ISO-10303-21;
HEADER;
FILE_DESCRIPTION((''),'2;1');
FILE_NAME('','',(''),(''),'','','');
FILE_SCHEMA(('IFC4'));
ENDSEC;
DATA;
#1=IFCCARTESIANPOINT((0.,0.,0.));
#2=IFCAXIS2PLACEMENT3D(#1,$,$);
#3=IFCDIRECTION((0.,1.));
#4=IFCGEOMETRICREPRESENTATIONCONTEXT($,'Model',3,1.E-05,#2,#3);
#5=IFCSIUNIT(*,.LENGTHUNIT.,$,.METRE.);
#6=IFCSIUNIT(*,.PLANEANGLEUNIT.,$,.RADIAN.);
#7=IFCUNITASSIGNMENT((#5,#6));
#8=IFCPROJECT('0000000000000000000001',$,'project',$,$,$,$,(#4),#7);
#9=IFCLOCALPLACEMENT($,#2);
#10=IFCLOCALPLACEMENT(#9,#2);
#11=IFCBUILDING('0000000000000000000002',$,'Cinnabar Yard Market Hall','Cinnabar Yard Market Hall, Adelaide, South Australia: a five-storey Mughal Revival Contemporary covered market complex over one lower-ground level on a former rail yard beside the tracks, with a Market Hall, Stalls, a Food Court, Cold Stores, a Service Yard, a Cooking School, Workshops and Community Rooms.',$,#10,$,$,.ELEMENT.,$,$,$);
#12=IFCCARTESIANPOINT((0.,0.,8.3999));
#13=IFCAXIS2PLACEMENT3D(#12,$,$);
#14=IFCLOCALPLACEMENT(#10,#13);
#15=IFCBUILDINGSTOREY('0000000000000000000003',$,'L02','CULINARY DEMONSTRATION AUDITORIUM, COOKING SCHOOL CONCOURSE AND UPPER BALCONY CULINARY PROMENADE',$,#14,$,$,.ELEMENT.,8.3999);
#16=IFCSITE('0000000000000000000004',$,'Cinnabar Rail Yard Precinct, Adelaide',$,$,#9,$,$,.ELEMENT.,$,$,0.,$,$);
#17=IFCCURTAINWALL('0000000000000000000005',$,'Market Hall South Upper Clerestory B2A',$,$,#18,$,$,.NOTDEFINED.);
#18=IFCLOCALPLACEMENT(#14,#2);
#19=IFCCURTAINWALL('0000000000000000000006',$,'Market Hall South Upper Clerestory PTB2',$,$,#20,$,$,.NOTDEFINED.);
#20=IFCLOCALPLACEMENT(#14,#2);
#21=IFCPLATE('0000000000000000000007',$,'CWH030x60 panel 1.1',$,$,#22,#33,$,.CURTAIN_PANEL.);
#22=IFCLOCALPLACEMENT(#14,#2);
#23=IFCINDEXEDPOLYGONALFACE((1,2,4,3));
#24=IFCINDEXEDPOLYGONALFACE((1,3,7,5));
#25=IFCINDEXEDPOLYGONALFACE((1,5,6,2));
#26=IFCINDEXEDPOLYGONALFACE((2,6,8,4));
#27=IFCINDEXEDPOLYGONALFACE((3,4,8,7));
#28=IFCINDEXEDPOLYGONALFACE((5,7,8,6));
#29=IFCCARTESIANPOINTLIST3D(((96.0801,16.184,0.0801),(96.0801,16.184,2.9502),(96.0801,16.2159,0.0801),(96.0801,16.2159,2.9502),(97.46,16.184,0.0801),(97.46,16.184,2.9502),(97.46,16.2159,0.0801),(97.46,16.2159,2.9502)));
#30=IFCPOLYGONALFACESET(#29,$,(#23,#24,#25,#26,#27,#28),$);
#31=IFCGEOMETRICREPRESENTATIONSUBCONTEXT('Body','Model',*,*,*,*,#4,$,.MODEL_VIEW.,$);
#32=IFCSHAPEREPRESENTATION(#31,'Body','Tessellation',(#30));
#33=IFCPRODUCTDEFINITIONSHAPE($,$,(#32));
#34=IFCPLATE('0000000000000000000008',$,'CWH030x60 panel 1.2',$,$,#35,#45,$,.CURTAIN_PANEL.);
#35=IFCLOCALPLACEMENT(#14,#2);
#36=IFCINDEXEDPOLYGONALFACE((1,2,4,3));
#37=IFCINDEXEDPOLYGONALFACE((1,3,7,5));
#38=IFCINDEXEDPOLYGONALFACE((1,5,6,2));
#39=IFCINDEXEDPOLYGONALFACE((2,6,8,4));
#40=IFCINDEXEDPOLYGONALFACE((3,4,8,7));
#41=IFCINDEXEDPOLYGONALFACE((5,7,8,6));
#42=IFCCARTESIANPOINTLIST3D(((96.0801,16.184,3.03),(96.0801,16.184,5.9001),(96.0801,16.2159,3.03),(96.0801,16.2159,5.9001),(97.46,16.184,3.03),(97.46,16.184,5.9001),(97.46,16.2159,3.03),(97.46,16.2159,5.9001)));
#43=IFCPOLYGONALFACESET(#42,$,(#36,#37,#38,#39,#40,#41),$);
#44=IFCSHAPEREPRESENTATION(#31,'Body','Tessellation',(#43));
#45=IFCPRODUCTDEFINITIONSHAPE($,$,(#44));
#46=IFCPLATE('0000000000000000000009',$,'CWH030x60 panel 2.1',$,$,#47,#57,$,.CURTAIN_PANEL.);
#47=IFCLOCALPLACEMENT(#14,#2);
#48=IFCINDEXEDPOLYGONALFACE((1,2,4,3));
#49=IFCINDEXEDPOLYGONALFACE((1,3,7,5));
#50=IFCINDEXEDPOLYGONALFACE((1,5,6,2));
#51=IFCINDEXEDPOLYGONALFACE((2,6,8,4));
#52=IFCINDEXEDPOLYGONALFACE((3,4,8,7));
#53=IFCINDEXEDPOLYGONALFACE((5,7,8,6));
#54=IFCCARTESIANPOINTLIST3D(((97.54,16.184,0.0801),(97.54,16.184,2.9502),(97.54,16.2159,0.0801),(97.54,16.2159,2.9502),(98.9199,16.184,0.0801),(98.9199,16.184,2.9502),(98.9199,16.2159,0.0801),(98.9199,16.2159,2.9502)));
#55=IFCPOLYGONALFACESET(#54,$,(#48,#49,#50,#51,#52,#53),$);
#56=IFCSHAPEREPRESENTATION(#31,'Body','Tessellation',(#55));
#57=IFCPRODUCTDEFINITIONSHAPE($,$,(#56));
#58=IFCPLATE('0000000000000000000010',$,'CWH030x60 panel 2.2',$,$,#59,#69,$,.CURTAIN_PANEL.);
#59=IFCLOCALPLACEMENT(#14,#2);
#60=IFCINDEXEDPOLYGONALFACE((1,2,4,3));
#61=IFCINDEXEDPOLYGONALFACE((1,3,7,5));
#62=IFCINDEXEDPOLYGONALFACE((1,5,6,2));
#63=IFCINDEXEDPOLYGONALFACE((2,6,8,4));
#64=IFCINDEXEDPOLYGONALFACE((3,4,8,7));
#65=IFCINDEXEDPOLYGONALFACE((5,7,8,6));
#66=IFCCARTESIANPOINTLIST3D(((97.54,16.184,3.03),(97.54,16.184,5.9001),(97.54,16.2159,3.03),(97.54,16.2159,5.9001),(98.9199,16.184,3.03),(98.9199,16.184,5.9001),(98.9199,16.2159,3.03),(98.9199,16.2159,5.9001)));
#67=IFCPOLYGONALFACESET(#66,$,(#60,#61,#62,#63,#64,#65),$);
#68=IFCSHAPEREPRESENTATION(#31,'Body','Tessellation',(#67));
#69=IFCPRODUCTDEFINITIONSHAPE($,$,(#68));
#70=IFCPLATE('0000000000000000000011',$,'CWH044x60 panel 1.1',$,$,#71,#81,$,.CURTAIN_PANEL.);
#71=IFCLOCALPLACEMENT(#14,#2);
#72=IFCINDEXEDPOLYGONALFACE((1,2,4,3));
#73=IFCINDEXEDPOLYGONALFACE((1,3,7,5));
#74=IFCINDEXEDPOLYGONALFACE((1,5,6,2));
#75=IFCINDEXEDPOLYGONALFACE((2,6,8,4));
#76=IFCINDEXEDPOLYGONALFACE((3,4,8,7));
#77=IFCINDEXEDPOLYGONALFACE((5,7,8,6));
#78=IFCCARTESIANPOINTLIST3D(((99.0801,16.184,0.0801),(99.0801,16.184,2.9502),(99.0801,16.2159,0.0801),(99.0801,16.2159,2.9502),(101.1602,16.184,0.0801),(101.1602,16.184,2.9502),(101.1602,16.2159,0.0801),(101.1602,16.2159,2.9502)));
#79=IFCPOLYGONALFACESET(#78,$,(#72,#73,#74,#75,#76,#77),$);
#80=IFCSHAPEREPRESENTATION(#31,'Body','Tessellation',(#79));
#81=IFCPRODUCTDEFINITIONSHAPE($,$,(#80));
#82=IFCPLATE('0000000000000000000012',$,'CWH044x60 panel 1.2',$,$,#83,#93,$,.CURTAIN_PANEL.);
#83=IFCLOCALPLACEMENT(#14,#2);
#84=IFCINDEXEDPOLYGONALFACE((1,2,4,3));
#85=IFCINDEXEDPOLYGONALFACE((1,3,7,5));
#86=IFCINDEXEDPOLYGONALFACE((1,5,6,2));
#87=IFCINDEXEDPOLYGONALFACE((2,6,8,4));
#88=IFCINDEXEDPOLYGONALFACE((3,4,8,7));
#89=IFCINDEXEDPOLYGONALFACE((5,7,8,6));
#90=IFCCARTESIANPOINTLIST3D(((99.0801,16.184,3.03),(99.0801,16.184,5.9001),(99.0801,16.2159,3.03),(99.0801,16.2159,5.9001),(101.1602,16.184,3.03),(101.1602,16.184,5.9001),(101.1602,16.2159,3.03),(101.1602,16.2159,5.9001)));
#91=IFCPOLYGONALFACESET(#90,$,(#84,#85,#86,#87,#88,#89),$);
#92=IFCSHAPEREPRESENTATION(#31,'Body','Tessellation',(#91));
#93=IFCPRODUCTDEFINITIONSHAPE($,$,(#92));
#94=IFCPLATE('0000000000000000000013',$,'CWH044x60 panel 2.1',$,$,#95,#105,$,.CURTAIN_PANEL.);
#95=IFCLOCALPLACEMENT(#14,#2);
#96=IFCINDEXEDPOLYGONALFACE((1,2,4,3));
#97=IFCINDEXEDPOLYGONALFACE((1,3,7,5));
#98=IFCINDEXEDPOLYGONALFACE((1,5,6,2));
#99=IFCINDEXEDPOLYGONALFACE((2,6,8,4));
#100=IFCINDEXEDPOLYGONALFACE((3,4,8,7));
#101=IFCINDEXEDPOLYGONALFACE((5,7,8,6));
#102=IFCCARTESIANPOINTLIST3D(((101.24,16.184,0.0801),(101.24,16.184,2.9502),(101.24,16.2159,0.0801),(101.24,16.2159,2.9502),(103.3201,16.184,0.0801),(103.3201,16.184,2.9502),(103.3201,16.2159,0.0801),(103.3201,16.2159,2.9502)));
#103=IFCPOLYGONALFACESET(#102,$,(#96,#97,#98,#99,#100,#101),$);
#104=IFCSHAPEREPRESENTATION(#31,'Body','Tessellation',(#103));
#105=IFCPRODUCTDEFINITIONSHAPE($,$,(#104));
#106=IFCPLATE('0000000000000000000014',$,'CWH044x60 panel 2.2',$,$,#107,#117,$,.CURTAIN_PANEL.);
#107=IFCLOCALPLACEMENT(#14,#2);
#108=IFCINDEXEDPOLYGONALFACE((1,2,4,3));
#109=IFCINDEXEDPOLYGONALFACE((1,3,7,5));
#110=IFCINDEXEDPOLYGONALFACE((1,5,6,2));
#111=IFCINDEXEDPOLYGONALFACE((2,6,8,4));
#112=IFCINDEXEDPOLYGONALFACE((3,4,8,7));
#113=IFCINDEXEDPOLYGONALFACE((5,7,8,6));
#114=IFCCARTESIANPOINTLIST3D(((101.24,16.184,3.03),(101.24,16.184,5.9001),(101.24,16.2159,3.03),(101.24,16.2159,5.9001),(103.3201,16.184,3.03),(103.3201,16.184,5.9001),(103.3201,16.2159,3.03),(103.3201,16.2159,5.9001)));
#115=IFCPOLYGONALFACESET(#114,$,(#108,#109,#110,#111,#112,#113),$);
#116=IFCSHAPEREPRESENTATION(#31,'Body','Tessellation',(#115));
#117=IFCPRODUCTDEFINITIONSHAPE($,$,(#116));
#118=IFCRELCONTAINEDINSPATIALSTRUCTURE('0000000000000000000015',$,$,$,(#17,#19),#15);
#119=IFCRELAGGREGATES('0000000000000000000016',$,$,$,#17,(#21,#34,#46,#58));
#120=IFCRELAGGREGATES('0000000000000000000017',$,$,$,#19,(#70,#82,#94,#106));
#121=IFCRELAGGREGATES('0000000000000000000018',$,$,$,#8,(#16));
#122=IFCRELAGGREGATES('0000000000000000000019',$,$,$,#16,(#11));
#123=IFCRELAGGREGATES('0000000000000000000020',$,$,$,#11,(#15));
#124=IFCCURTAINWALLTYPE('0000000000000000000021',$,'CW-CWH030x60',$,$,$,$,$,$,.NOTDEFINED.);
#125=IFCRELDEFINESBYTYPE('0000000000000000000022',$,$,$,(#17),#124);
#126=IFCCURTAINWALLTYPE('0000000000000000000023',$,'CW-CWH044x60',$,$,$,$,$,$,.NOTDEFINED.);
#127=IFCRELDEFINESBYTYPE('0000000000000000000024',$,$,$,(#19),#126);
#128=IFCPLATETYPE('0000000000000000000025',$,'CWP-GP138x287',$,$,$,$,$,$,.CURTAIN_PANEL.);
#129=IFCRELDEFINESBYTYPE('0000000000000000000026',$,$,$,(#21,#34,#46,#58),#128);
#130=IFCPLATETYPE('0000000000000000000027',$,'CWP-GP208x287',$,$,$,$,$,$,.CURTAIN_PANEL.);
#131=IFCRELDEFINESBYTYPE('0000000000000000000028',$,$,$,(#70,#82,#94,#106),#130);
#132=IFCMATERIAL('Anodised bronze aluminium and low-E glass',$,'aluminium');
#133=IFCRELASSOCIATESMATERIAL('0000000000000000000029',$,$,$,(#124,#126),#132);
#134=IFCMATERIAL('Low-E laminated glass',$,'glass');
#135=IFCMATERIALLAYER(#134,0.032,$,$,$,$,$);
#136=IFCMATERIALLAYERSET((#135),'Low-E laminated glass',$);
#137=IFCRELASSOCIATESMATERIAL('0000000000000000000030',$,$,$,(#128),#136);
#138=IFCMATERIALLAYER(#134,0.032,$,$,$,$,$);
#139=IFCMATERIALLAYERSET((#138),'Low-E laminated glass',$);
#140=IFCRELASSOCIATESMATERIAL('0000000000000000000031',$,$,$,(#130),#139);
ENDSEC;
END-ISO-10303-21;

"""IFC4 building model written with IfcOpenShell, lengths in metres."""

from ifc_helpers import new_model, si_unit, direction, frame, origin, origin_2d_with_axis, place, context, subcontext, project, spatial, rectangle, extrude, material, layer, layer_set, type_object, element, aggregate, save


model = new_model("IFC4")

# Units and contexts
model_context = context("Model", 3, precision=1e-05, world=origin(), true_north=direction((0.0, 1.0)))
body_context = subcontext(model_context, "Body", "Model", "MODEL_VIEW")
ifc_project = project(units=[si_unit("LENGTHUNIT", "METRE"), si_unit("PLANEANGLEUNIT", "RADIAN")], contexts=[model_context])

# Site, building, storey
site_placement = place(None, origin())
site = spatial("IfcSite", under=ifc_project, at=site_placement, Name="Cinnabar Rail Yard Precinct, Adelaide", CompositionType="ELEMENT", RefElevation=0.0)
building_placement = place(site_placement, origin())
building = spatial("IfcBuilding", under=site, at=building_placement, Name="Cinnabar Yard Market Hall", Description="Cinnabar Yard Market Hall, Adelaide, South Australia: a five-storey Mughal Revival Contemporary covered market complex over one lower-ground level on a former rail yard beside the tracks, with a Market Hall, Stalls, a Food Court, Cold Stores, a Service Yard, a Cooking School, Workshops and Community Rooms.", CompositionType="ELEMENT")
storey_placement = place(building_placement, frame((0.0, 0.0, 8.3999)))
storey = spatial("IfcBuildingStorey", under=building, at=storey_placement, Name="L02", Description="CULINARY DEMONSTRATION AUDITORIUM, COOKING SCHOOL CONCOURSE AND UPPER BALCONY CULINARY PROMENADE", CompositionType="ELEMENT", Elevation=8.3999)

# Curtain walls
ifc_material_1 = material(Name="Anodised bronze aluminium and low-E glass", Category="aluminium")
curtain_wall_type_1 = type_object("IfcCurtainWallType", Name="CW-CWH030x60", PredefinedType="NOTDEFINED", material=ifc_material_1)
curtain_wall_1_placement = place(storey_placement, origin())
curtain_wall_1 = element("IfcCurtainWall", 1, at=curtain_wall_1_placement, inside=storey, type_object=curtain_wall_type_1, Name="Market Hall South Upper Clerestory B2A", PredefinedType="NOTDEFINED")
curtain_wall_type_2 = type_object("IfcCurtainWallType", Name="CW-CWH044x60", PredefinedType="NOTDEFINED", material=ifc_material_1)
curtain_wall_2_placement = place(storey_placement, origin())
curtain_wall_2 = element("IfcCurtainWall", 2, at=curtain_wall_2_placement, inside=storey, type_object=curtain_wall_type_2, Name="Market Hall South Upper Clerestory PTB2", PredefinedType="NOTDEFINED")

# Plates
ifc_material_2 = material(Name="Low-E laminated glass", Category="glass")
ifc_layer_1 = layer(ifc_material_2, 0.032)
ifc_layer_set_1 = layer_set([ifc_layer_1], Name="Low-E laminated glass")
plate_type_1 = type_object("IfcPlateType", Name="CWP-GP138x287", PredefinedType="CURTAIN_PANEL", material=ifc_layer_set_1)
plate_1_placement = place(storey_placement, frame((96.77, 16.2, 0.0801), z_axis=(0.0, 0.0, 1.0), x_axis=(1.0, 0.0, 0.0)))
plate_1 = element("IfcPlate", 3, at=plate_1_placement, type_object=plate_type_1, Name="CWH030x60 panel 1.1", PredefinedType="CURTAIN_PANEL", context=body_context, shape_type="SweptSolid", body=[
    extrude(rectangle(XDim=1.3799, YDim=0.032, at=origin_2d_with_axis()), origin(), (0.0, 0.0, 1.0), 2.8701),
])
plate_2_placement = place(storey_placement, frame((96.77, 16.2, 3.03), z_axis=(0.0, 0.0, 1.0), x_axis=(1.0, 0.0, 0.0)))
plate_2 = element("IfcPlate", 4, at=plate_2_placement, type_object=plate_type_1, Name="CWH030x60 panel 1.2", PredefinedType="CURTAIN_PANEL", context=body_context, shape_type="SweptSolid", body=[
    extrude(rectangle(XDim=1.3799, YDim=0.032, at=origin_2d_with_axis()), origin(), (0.0, 0.0, 1.0), 2.8701),
])
plate_3_placement = place(storey_placement, frame((98.23, 16.2, 0.0801), z_axis=(0.0, 0.0, 1.0), x_axis=(1.0, 0.0, 0.0)))
plate_3 = element("IfcPlate", 5, at=plate_3_placement, type_object=plate_type_1, Name="CWH030x60 panel 2.1", PredefinedType="CURTAIN_PANEL", context=body_context, shape_type="SweptSolid", body=[
    extrude(rectangle(XDim=1.3799, YDim=0.032, at=origin_2d_with_axis()), origin(), (0.0, 0.0, 1.0), 2.8701),
])
plate_4_placement = place(storey_placement, frame((98.23, 16.2, 3.03), z_axis=(0.0, 0.0, 1.0), x_axis=(1.0, 0.0, 0.0)))
plate_4 = element("IfcPlate", 6, at=plate_4_placement, type_object=plate_type_1, Name="CWH030x60 panel 2.2", PredefinedType="CURTAIN_PANEL", context=body_context, shape_type="SweptSolid", body=[
    extrude(rectangle(XDim=1.3799, YDim=0.032, at=origin_2d_with_axis()), origin(), (0.0, 0.0, 1.0), 2.8701),
])
aggregate(curtain_wall_1, [plate_1, plate_2, plate_3, plate_4])
ifc_layer_2 = layer(ifc_material_2, 0.032)
ifc_layer_set_2 = layer_set([ifc_layer_2], Name="Low-E laminated glass")
plate_type_2 = type_object("IfcPlateType", Name="CWP-GP208x287", PredefinedType="CURTAIN_PANEL", material=ifc_layer_set_2)
plate_5_placement = place(storey_placement, frame((100.1201, 16.2, 0.0801), z_axis=(0.0, 0.0, 1.0), x_axis=(1.0, 0.0, 0.0)))
plate_5 = element("IfcPlate", 7, at=plate_5_placement, type_object=plate_type_2, Name="CWH044x60 panel 1.1", PredefinedType="CURTAIN_PANEL", context=body_context, shape_type="SweptSolid", body=[
    extrude(rectangle(XDim=2.0801, YDim=0.032, at=origin_2d_with_axis()), origin(), (0.0, 0.0, 1.0), 2.8701),
])
plate_6_placement = place(storey_placement, frame((100.1201, 16.2, 3.03), z_axis=(0.0, 0.0, 1.0), x_axis=(1.0, 0.0, 0.0)))
plate_6 = element("IfcPlate", 8, at=plate_6_placement, type_object=plate_type_2, Name="CWH044x60 panel 1.2", PredefinedType="CURTAIN_PANEL", context=body_context, shape_type="SweptSolid", body=[
    extrude(rectangle(XDim=2.0801, YDim=0.032, at=origin_2d_with_axis()), origin(), (0.0, 0.0, 1.0), 2.8701),
])
plate_7_placement = place(storey_placement, frame((102.28, 16.2, 0.0801), z_axis=(0.0, 0.0, 1.0), x_axis=(1.0, 0.0, 0.0)))
plate_7 = element("IfcPlate", 9, at=plate_7_placement, type_object=plate_type_2, Name="CWH044x60 panel 2.1", PredefinedType="CURTAIN_PANEL", context=body_context, shape_type="SweptSolid", body=[
    extrude(rectangle(XDim=2.0801, YDim=0.032, at=origin_2d_with_axis()), origin(), (0.0, 0.0, 1.0), 2.8701),
])
plate_8_placement = place(storey_placement, frame((102.28, 16.2, 3.03), z_axis=(0.0, 0.0, 1.0), x_axis=(1.0, 0.0, 0.0)))
plate_8 = element("IfcPlate", 10, at=plate_8_placement, type_object=plate_type_2, Name="CWH044x60 panel 2.2", PredefinedType="CURTAIN_PANEL", context=body_context, shape_type="SweptSolid", body=[
    extrude(rectangle(XDim=2.0801, YDim=0.032, at=origin_2d_with_axis()), origin(), (0.0, 0.0, 1.0), 2.8701),
])
aggregate(curtain_wall_2, [plate_5, plate_6, plate_7, plate_8])

save(model, "model.ifc")
